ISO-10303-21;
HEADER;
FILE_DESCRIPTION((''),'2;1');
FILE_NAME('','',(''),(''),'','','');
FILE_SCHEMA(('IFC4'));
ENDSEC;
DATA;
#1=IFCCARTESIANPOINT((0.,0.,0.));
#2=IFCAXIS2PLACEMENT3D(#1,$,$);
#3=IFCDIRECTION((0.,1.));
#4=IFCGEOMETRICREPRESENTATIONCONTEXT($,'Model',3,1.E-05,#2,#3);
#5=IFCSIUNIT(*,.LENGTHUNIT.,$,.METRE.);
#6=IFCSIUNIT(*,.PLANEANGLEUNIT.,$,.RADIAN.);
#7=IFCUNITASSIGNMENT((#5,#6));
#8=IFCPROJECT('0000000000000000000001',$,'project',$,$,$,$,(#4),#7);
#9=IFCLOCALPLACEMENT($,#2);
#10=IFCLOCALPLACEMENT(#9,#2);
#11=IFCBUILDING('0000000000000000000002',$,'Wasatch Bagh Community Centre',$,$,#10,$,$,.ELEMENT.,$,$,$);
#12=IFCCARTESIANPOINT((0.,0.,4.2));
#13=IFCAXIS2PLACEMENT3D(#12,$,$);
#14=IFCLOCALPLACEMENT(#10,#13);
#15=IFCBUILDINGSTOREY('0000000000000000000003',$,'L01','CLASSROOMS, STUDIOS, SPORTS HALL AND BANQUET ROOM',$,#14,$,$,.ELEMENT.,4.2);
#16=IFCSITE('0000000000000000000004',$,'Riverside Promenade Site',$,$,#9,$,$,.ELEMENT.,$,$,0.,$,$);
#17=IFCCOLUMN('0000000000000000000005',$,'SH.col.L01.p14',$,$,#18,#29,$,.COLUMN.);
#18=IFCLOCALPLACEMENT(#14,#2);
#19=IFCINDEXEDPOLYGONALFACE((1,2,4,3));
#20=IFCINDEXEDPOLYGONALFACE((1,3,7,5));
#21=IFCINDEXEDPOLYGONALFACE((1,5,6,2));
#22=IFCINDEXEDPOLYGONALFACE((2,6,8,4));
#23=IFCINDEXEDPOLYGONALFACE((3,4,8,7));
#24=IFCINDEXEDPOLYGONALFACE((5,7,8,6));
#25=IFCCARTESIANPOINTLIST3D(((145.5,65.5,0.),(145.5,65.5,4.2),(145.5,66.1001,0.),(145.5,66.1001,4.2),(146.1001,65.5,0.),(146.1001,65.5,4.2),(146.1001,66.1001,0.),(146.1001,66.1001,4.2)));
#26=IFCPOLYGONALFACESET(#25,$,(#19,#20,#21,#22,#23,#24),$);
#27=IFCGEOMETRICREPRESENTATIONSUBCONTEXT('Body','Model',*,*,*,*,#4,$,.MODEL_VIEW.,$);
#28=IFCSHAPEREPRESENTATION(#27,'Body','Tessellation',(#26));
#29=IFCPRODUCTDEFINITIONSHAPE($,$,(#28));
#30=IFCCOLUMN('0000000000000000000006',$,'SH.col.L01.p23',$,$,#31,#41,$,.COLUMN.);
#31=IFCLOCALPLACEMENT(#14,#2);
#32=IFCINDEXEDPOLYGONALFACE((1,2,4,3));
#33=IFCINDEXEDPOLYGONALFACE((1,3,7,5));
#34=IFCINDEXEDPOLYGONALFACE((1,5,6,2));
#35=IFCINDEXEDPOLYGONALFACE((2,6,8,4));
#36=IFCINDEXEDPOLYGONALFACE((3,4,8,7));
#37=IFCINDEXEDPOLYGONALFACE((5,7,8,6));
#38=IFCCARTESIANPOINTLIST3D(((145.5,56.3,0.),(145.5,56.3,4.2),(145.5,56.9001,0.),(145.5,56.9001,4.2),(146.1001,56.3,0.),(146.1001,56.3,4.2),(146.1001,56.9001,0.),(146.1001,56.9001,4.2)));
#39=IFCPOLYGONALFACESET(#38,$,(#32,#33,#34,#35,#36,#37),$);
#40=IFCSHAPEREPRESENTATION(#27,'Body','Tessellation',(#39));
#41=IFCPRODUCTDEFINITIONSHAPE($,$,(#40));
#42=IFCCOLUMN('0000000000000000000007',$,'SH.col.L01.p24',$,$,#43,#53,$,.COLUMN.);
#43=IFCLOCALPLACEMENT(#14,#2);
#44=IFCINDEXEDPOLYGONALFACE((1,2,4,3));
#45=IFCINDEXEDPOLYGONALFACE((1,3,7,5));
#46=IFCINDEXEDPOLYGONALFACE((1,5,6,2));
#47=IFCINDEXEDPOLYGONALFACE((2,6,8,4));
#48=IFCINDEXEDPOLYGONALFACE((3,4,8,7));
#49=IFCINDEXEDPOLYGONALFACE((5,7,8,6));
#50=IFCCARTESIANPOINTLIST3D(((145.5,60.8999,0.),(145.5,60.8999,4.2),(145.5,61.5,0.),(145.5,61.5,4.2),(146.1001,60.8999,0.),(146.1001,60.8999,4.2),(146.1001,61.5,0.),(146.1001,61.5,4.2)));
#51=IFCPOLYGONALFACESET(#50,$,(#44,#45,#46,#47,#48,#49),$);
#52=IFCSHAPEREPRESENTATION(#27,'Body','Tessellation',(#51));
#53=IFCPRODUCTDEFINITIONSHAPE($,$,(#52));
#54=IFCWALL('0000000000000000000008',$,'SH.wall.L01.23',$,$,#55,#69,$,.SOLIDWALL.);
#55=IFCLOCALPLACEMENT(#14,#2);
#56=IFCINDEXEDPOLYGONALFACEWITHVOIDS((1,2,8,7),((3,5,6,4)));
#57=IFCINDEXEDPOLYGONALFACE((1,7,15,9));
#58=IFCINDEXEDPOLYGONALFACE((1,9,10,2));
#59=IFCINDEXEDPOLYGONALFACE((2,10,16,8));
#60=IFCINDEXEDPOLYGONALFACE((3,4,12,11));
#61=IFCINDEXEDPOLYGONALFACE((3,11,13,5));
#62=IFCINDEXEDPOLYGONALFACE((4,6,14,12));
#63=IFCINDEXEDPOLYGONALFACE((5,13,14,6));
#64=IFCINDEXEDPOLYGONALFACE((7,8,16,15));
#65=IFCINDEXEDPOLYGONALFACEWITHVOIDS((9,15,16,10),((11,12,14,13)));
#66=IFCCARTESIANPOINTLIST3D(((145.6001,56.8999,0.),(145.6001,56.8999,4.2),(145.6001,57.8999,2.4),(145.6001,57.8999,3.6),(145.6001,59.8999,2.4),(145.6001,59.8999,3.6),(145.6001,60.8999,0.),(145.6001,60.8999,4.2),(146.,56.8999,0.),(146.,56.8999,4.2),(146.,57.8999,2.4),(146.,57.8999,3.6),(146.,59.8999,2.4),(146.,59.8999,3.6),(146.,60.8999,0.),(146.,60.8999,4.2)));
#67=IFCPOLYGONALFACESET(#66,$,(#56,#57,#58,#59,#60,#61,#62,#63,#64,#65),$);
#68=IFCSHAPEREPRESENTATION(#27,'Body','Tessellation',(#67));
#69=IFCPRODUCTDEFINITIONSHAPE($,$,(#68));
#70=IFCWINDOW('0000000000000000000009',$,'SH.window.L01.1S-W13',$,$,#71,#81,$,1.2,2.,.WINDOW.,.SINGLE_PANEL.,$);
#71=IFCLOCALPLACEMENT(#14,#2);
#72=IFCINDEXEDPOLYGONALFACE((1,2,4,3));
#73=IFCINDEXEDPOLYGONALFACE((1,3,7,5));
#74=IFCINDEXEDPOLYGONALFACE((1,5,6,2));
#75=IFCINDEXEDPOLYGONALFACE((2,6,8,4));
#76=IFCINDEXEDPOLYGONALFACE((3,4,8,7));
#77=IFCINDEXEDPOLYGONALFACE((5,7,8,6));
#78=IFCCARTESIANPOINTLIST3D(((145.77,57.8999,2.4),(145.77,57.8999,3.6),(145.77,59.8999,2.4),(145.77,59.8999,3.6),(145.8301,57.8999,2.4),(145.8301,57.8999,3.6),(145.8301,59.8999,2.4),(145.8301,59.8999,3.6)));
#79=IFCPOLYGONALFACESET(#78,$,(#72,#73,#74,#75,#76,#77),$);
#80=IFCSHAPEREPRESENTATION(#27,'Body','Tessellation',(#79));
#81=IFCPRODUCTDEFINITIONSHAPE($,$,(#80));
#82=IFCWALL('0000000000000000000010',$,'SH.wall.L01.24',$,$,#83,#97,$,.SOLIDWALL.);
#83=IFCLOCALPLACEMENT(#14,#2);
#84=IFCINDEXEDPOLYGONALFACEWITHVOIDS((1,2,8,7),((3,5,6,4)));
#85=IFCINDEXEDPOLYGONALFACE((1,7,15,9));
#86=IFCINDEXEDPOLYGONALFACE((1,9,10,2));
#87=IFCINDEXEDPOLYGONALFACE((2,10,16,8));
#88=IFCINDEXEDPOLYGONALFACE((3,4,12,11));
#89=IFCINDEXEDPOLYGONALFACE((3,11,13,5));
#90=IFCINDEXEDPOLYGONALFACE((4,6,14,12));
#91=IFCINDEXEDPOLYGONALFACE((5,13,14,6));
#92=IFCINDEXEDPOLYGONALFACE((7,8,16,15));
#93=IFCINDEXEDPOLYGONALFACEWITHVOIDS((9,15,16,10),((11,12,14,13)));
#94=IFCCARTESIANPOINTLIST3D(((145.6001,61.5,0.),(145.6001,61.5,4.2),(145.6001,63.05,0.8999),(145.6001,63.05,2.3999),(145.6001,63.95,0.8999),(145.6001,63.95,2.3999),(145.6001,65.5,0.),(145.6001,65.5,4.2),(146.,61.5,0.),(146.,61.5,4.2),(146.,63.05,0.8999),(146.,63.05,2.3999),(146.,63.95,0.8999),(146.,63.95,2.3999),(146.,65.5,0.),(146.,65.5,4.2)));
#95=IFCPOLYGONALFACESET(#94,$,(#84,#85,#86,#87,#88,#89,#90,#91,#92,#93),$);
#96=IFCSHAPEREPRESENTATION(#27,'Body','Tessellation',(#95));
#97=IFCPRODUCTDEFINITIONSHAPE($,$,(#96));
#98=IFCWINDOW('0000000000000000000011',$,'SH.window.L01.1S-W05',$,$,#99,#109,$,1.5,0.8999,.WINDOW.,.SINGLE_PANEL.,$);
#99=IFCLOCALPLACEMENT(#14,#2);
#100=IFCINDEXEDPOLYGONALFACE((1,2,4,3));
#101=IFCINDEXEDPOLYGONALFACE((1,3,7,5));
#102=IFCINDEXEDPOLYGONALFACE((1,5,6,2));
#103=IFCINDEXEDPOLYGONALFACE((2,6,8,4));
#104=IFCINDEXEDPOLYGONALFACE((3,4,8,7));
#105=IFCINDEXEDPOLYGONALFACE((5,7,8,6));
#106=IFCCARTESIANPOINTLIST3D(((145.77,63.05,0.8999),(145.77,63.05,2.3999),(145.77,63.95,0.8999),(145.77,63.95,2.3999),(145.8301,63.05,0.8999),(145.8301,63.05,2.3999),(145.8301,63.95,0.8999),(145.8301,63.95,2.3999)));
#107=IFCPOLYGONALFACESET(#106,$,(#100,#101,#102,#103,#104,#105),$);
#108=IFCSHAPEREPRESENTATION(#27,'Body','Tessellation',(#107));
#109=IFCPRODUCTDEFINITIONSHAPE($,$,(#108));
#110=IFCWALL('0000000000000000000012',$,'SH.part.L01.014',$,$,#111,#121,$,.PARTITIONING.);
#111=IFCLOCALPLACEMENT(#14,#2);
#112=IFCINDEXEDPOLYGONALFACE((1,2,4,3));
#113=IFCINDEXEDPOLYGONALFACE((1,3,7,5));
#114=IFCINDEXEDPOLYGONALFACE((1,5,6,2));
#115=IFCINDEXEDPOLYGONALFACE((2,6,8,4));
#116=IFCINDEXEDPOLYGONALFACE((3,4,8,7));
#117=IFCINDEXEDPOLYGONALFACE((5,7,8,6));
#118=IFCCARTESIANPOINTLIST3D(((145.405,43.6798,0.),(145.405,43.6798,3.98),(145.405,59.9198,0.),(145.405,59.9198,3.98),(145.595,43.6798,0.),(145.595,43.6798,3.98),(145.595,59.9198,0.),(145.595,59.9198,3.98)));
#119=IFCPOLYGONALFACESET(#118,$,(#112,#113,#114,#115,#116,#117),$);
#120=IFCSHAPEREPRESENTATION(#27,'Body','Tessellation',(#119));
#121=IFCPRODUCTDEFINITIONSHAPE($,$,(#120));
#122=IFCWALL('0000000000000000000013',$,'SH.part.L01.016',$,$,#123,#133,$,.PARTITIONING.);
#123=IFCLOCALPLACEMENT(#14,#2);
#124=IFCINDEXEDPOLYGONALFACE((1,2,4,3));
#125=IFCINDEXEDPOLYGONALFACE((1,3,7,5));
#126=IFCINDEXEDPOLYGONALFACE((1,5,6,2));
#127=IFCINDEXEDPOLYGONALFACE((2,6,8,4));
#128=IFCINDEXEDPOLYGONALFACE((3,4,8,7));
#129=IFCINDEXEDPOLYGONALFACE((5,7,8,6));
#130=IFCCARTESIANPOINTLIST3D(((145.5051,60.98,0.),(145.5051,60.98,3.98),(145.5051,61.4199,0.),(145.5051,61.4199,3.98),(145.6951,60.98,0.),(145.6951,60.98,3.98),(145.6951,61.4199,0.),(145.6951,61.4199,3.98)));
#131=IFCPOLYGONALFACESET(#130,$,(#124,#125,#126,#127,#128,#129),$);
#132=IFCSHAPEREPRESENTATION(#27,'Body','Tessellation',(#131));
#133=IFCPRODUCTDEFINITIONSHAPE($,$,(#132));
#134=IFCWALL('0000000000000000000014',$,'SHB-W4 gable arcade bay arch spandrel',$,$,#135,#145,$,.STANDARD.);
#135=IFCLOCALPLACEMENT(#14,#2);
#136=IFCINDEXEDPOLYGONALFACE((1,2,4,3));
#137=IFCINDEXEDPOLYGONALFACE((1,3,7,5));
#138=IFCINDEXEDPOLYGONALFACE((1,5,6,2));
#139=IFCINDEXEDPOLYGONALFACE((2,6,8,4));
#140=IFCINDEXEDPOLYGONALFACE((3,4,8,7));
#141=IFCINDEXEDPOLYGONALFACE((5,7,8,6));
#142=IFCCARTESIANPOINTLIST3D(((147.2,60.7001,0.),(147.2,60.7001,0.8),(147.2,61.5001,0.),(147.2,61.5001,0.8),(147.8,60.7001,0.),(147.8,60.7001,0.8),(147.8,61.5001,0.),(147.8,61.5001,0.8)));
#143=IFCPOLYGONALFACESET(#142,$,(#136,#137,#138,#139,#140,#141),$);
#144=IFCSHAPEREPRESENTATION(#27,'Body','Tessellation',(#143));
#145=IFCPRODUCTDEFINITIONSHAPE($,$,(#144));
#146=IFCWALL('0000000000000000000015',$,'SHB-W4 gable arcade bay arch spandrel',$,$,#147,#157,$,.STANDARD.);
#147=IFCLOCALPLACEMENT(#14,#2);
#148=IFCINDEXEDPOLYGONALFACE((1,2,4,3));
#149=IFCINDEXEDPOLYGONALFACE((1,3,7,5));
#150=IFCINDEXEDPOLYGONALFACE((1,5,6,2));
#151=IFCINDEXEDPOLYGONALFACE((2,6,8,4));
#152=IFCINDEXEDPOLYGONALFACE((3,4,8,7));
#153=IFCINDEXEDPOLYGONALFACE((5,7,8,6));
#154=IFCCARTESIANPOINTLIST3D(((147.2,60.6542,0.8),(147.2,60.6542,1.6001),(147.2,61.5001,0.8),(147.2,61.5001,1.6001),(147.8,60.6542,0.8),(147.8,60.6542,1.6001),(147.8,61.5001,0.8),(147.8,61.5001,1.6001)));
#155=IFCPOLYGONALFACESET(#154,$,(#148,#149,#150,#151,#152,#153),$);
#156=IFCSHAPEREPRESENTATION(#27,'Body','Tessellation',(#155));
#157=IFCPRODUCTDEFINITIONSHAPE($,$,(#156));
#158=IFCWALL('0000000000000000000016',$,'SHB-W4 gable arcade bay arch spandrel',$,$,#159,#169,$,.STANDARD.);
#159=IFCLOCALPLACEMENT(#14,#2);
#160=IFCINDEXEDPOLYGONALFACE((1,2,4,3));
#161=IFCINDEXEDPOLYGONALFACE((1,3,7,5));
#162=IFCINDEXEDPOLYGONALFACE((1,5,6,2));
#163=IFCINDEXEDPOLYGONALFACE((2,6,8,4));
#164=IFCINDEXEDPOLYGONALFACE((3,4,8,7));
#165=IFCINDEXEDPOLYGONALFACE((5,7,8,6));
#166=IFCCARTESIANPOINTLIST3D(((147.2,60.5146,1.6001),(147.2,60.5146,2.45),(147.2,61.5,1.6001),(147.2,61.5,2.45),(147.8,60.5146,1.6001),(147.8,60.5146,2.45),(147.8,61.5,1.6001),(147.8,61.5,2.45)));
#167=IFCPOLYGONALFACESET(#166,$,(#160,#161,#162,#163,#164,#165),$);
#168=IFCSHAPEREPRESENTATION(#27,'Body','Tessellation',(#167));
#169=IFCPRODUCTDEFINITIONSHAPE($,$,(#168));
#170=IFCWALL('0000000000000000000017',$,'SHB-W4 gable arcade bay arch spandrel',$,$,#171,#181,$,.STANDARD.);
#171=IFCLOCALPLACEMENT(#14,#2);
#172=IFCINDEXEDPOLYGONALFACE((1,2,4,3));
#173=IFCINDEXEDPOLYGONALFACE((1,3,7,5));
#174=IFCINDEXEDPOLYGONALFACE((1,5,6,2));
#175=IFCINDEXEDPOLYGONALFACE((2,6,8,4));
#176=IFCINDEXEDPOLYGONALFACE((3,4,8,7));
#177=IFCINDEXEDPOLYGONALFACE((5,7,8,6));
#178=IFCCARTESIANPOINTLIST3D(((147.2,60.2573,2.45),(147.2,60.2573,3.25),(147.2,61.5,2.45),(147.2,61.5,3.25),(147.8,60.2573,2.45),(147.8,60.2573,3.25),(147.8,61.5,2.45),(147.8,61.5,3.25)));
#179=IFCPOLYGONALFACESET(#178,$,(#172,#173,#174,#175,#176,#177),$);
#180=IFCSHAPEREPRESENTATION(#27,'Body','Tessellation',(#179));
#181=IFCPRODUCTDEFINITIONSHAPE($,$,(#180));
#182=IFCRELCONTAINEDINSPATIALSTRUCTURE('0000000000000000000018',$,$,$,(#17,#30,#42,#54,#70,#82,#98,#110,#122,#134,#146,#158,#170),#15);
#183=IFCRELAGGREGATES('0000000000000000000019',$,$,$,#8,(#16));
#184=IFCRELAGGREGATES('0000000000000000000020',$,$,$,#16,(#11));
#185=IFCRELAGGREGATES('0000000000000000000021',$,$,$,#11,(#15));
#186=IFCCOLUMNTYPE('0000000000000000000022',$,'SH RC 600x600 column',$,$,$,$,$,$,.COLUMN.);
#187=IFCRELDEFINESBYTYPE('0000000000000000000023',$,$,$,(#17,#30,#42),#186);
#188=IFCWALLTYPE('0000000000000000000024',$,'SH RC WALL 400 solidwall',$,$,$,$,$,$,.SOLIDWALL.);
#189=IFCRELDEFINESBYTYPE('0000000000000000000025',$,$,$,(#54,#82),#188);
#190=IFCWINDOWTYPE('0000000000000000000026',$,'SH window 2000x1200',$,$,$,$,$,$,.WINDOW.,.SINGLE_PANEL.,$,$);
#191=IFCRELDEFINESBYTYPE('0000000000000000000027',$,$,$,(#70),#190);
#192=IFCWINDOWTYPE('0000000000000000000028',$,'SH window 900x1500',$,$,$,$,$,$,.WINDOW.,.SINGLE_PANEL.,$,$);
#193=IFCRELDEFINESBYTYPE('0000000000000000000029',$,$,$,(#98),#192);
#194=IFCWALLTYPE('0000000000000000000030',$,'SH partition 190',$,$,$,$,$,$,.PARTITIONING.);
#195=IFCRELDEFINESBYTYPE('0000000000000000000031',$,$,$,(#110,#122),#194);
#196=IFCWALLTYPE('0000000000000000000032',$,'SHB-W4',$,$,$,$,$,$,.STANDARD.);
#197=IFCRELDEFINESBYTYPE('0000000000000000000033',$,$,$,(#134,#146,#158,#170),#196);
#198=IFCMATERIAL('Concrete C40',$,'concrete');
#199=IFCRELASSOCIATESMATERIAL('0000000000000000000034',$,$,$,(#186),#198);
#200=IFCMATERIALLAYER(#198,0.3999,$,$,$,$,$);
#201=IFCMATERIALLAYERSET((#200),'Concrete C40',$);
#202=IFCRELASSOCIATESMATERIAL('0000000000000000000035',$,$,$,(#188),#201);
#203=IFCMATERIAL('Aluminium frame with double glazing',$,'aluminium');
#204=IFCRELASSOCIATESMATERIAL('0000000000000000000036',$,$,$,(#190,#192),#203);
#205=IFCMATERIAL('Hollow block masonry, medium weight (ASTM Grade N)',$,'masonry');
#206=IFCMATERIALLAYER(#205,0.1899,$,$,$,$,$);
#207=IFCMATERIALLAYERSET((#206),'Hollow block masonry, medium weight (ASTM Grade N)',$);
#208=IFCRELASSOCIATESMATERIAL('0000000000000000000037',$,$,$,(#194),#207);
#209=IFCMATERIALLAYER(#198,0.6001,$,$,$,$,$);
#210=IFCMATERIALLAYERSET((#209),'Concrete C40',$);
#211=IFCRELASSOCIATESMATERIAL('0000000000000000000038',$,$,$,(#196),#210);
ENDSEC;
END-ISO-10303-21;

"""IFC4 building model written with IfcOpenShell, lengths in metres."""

from ifc_helpers import new_model, si_unit, direction, frame, frame_2d, origin, origin_2d, place, context, subcontext, project, spatial, rectangle, extrude, material, layer, layer_set, material_profile, profile_set, type_object, element, fill, save


model = new_model("IFC4")

# Units and contexts
model_context = context("Model", 3, precision=1e-05, world=origin(), true_north=direction((0.0, 1.0)))
body_context = subcontext(model_context, "Body", "Model", "MODEL_VIEW")
ifc_project = project(units=[si_unit("LENGTHUNIT", "METRE"), si_unit("PLANEANGLEUNIT", "RADIAN")], contexts=[model_context])

# Site, building, storey
site_placement = place(None, origin())
site = spatial("IfcSite", under=ifc_project, at=site_placement, Name="Riverside Promenade Site", CompositionType="ELEMENT", RefElevation=0.0)
building_placement = place(site_placement, origin())
building = spatial("IfcBuilding", under=site, at=building_placement, Name="Wasatch Bagh Community Centre", CompositionType="ELEMENT")
storey_placement = place(building_placement, frame((0.0, 0.0, 4.2)))
storey = spatial("IfcBuildingStorey", under=building, at=storey_placement, Name="L01", Description="CLASSROOMS, STUDIOS, SPORTS HALL AND BANQUET ROOM", CompositionType="ELEMENT", Elevation=4.2)

# Columns
ifc_material_1 = material(Name="Concrete C40", Category="concrete")
ifc_material_profile = material_profile(ifc_material_1, rectangle(XDim=0.6001, YDim=0.6001, at=origin_2d()), Name="RC 600x600")
ifc_profile_set = profile_set([ifc_material_profile], Name="Concrete C40")
column_type = type_object("IfcColumnType", Name="SH RC 600x600 column", PredefinedType="COLUMN", material=ifc_profile_set)
for number, where, z_axis, x_axis, name in (
    (1, (145.8, 65.8, 0.0), (0.0, 0.0, 1.0), (1.0, 0.0, 0.0), "SH.col.L01.p14"),
    (2, (145.8, 56.6001, 0.0), (0.0, 0.0, 1.0), (1.0, 0.0, 0.0), "SH.col.L01.p23"),
    (3, (145.8, 61.2, 0.0), (0.0, 0.0, 1.0), (1.0, 0.0, 0.0), "SH.col.L01.p24"),
):
    element("IfcColumn", number, at=place(storey_placement, frame(where, z_axis=z_axis, x_axis=x_axis)), inside=storey, type_object=column_type, Name=name, PredefinedType="COLUMN", context=body_context, shape_type="SweptSolid", body=[
        extrude(rectangle(XDim=0.6001, YDim=0.6001, at=origin_2d()), origin(), (0.0, 0.0, 1.0), 4.2),
    ])

# Walls, openings, windows
ifc_layer_1 = layer(ifc_material_1, 0.3999)
ifc_layer_set_1 = layer_set([ifc_layer_1], Name="Concrete C40")
wall_type_1 = type_object("IfcWallType", Name="SH RC WALL 400 solidwall", PredefinedType="SOLIDWALL", material=ifc_layer_set_1)
wall_1_placement = place(storey_placement, frame((145.8, 56.8999, 0.0), z_axis=(0.0, 0.0, 1.0), x_axis=(0.0, 1.0, 0.0)))
wall_1 = element("IfcWall", 4, at=wall_1_placement, inside=storey, type_object=wall_type_1, Name="SH.wall.L01.23", PredefinedType="SOLIDWALL", context=body_context, shape_type="SweptSolid", body=[
    extrude(rectangle(XDim=4.0, YDim=0.3999, at=frame_2d((2.0, 0.0))), origin(), (0.0, 0.0, 1.0), 4.2),
])
opening_1_placement = place(wall_1_placement, frame((1.0, 0.0, 2.3999)))
opening_1 = element("IfcOpeningElement", 5, at=opening_1_placement, cuts=wall_1, PredefinedType="OPENING", context=body_context, shape_type="SweptSolid", body=[
    extrude(rectangle(XDim=2.0, YDim=1.2, at=frame_2d((1.0, 0.6001))), frame((0.0, 0.21, 0.0), z_axis=(0.0, -1.0, 0.0), x_axis=(1.0, 0.0, 0.0)), (0.0, 0.0, 1.0), 0.4199),
])
ifc_material_2 = material(Name="Aluminium frame with double glazing", Category="aluminium")
window_type_1 = type_object("IfcWindowType", Name="SH window 2000x1200", PartitioningType="SINGLE_PANEL", PredefinedType="WINDOW", material=ifc_material_2)
window_1_placement = place(opening_1_placement, origin())
window_1 = element("IfcWindow", 6, at=window_1_placement, inside=storey, type_object=window_type_1, Name="SH.window.L01.1S-W13", OverallHeight=1.2, OverallWidth=2.0, PartitioningType="SINGLE_PANEL", PredefinedType="WINDOW", context=body_context, shape_type="SweptSolid", body=[
    extrude(rectangle(XDim=2.0, YDim=1.2, at=frame_2d((1.0, 0.6001))), frame((0.0, 0.03, 0.0), z_axis=(0.0, -1.0, 0.0), x_axis=(1.0, 0.0, 0.0)), (0.0, 0.0, 1.0), 0.0601),
])
fill(opening_1, window_1)
wall_2_placement = place(storey_placement, frame((145.8, 61.5, 0.0), z_axis=(0.0, 0.0, 1.0), x_axis=(0.0, 1.0, 0.0)))
wall_2 = element("IfcWall", 7, at=wall_2_placement, inside=storey, type_object=wall_type_1, Name="SH.wall.L01.24", PredefinedType="SOLIDWALL", context=body_context, shape_type="SweptSolid", body=[
    extrude(rectangle(XDim=4.0, YDim=0.3999, at=frame_2d((2.0, 0.0))), origin(), (0.0, 0.0, 1.0), 4.2),
])
opening_2_placement = place(wall_2_placement, frame((1.55, 0.0, 0.8999)))
opening_2 = element("IfcOpeningElement", 8, at=opening_2_placement, cuts=wall_2, PredefinedType="OPENING", context=body_context, shape_type="SweptSolid", body=[
    extrude(rectangle(XDim=0.8999, YDim=1.5, at=frame_2d((0.45, 0.75))), frame((0.0, 0.21, 0.0), z_axis=(0.0, -1.0, 0.0), x_axis=(1.0, 0.0, 0.0)), (0.0, 0.0, 1.0), 0.4199),
])
window_type_2 = type_object("IfcWindowType", Name="SH window 900x1500", PartitioningType="SINGLE_PANEL", PredefinedType="WINDOW", material=ifc_material_2)
window_2_placement = place(opening_2_placement, origin())
window_2 = element("IfcWindow", 9, at=window_2_placement, inside=storey, type_object=window_type_2, Name="SH.window.L01.1S-W05", OverallHeight=1.5, OverallWidth=0.8999, PartitioningType="SINGLE_PANEL", PredefinedType="WINDOW", context=body_context, shape_type="SweptSolid", body=[
    extrude(rectangle(XDim=0.8999, YDim=1.5, at=frame_2d((0.45, 0.75))), frame((0.0, 0.03, 0.0), z_axis=(0.0, -1.0, 0.0), x_axis=(1.0, 0.0, 0.0)), (0.0, 0.0, 1.0), 0.0601),
])
fill(opening_2, window_2)

# Walls
ifc_material_3 = material(Name="Hollow block masonry, medium weight (ASTM Grade N)", Category="masonry")
ifc_layer_2 = layer(ifc_material_3, 0.1899)
ifc_layer_set_2 = layer_set([ifc_layer_2], Name="Hollow block masonry, medium weight (ASTM Grade N)")
wall_type_2 = type_object("IfcWallType", Name="SH partition 190", PredefinedType="PARTITIONING", material=ifc_layer_set_2)
wall_3_placement = place(storey_placement, frame((145.5, 59.9199, 0.0), z_axis=(0.0, 0.0, 1.0), x_axis=(0.0, -1.0, 0.0)))
element("IfcWall", 10, at=wall_3_placement, inside=storey, type_object=wall_type_2, Name="SH.part.L01.014", PredefinedType="PARTITIONING", context=body_context, shape_type="SweptSolid", body=[
    extrude(rectangle(XDim=16.24, YDim=0.1899, at=frame_2d((8.1201, 0.0))), origin(), (0.0, 0.0, 1.0), 3.98),
])
wall_4_placement = place(storey_placement, frame((145.6001, 60.98, 0.0), z_axis=(0.0, 0.0, 1.0), x_axis=(0.0, 1.0, 0.0)))
element("IfcWall", 11, at=wall_4_placement, inside=storey, type_object=wall_type_2, Name="SH.part.L01.016", PredefinedType="PARTITIONING", context=body_context, shape_type="SweptSolid", body=[
    extrude(rectangle(XDim=0.4399, YDim=0.1899, at=frame_2d((0.22, 0.0))), origin(), (0.0, 0.0, 1.0), 3.98),
])
ifc_layer_3 = layer(ifc_material_1, 0.6001)
ifc_layer_set_3 = layer_set([ifc_layer_3], Name="Concrete C40")
wall_type_3 = type_object("IfcWallType", Name="SHB-W4", PredefinedType="STANDARD", material=ifc_layer_set_3)
wall_5_placement = place(storey_placement, frame((147.5, 61.5, 0.0), z_axis=(0.0, 0.0, 1.0), x_axis=(0.0, -1.0, 0.0)))
element("IfcWall", 12, at=wall_5_placement, inside=storey, type_object=wall_type_3, Name="SHB-W4 gable arcade bay arch spandrel", PredefinedType="STANDARD", context=body_context, shape_type="SweptSolid", body=[
    extrude(rectangle(XDim=0.8, YDim=0.6001, at=frame_2d((0.3999, 0.0))), origin(), (0.0, 0.0, 1.0), 0.8),
])
wall_6_placement = place(storey_placement, frame((147.5, 61.5, 0.8), z_axis=(0.0, 0.0, 1.0), x_axis=(0.0, -1.0, 0.0)))
element("IfcWall", 13, at=wall_6_placement, inside=storey, type_object=wall_type_3, Name="SHB-W4 gable arcade bay arch spandrel", PredefinedType="STANDARD", context=body_context, shape_type="SweptSolid", body=[
    extrude(rectangle(XDim=0.8459, YDim=0.6001, at=frame_2d((0.4229, 0.0))), origin(), (0.0, 0.0, 1.0), 0.8),
])
wall_7_placement = place(storey_placement, frame((147.5, 61.5, 1.6001), z_axis=(0.0, 0.0, 1.0), x_axis=(0.0, -1.0, 0.0)))
element("IfcWall", 14, at=wall_7_placement, inside=storey, type_object=wall_type_3, Name="SHB-W4 gable arcade bay arch spandrel", PredefinedType="STANDARD", context=body_context, shape_type="SweptSolid", body=[
    extrude(rectangle(XDim=0.9854, YDim=0.6001, at=frame_2d((0.4927, 0.0))), origin(), (0.0, 0.0, 1.0), 0.8499),
])
wall_8_placement = place(storey_placement, frame((147.5, 61.5, 2.45), z_axis=(0.0, 0.0, 1.0), x_axis=(0.0, -1.0, 0.0)))
element("IfcWall", 15, at=wall_8_placement, inside=storey, type_object=wall_type_3, Name="SHB-W4 gable arcade bay arch spandrel", PredefinedType="STANDARD", context=body_context, shape_type="SweptSolid", body=[
    extrude(rectangle(XDim=1.2427, YDim=0.6001, at=frame_2d((0.6213, 0.0))), origin(), (0.0, 0.0, 1.0), 0.8),
])

save(model, "model.ifc")
